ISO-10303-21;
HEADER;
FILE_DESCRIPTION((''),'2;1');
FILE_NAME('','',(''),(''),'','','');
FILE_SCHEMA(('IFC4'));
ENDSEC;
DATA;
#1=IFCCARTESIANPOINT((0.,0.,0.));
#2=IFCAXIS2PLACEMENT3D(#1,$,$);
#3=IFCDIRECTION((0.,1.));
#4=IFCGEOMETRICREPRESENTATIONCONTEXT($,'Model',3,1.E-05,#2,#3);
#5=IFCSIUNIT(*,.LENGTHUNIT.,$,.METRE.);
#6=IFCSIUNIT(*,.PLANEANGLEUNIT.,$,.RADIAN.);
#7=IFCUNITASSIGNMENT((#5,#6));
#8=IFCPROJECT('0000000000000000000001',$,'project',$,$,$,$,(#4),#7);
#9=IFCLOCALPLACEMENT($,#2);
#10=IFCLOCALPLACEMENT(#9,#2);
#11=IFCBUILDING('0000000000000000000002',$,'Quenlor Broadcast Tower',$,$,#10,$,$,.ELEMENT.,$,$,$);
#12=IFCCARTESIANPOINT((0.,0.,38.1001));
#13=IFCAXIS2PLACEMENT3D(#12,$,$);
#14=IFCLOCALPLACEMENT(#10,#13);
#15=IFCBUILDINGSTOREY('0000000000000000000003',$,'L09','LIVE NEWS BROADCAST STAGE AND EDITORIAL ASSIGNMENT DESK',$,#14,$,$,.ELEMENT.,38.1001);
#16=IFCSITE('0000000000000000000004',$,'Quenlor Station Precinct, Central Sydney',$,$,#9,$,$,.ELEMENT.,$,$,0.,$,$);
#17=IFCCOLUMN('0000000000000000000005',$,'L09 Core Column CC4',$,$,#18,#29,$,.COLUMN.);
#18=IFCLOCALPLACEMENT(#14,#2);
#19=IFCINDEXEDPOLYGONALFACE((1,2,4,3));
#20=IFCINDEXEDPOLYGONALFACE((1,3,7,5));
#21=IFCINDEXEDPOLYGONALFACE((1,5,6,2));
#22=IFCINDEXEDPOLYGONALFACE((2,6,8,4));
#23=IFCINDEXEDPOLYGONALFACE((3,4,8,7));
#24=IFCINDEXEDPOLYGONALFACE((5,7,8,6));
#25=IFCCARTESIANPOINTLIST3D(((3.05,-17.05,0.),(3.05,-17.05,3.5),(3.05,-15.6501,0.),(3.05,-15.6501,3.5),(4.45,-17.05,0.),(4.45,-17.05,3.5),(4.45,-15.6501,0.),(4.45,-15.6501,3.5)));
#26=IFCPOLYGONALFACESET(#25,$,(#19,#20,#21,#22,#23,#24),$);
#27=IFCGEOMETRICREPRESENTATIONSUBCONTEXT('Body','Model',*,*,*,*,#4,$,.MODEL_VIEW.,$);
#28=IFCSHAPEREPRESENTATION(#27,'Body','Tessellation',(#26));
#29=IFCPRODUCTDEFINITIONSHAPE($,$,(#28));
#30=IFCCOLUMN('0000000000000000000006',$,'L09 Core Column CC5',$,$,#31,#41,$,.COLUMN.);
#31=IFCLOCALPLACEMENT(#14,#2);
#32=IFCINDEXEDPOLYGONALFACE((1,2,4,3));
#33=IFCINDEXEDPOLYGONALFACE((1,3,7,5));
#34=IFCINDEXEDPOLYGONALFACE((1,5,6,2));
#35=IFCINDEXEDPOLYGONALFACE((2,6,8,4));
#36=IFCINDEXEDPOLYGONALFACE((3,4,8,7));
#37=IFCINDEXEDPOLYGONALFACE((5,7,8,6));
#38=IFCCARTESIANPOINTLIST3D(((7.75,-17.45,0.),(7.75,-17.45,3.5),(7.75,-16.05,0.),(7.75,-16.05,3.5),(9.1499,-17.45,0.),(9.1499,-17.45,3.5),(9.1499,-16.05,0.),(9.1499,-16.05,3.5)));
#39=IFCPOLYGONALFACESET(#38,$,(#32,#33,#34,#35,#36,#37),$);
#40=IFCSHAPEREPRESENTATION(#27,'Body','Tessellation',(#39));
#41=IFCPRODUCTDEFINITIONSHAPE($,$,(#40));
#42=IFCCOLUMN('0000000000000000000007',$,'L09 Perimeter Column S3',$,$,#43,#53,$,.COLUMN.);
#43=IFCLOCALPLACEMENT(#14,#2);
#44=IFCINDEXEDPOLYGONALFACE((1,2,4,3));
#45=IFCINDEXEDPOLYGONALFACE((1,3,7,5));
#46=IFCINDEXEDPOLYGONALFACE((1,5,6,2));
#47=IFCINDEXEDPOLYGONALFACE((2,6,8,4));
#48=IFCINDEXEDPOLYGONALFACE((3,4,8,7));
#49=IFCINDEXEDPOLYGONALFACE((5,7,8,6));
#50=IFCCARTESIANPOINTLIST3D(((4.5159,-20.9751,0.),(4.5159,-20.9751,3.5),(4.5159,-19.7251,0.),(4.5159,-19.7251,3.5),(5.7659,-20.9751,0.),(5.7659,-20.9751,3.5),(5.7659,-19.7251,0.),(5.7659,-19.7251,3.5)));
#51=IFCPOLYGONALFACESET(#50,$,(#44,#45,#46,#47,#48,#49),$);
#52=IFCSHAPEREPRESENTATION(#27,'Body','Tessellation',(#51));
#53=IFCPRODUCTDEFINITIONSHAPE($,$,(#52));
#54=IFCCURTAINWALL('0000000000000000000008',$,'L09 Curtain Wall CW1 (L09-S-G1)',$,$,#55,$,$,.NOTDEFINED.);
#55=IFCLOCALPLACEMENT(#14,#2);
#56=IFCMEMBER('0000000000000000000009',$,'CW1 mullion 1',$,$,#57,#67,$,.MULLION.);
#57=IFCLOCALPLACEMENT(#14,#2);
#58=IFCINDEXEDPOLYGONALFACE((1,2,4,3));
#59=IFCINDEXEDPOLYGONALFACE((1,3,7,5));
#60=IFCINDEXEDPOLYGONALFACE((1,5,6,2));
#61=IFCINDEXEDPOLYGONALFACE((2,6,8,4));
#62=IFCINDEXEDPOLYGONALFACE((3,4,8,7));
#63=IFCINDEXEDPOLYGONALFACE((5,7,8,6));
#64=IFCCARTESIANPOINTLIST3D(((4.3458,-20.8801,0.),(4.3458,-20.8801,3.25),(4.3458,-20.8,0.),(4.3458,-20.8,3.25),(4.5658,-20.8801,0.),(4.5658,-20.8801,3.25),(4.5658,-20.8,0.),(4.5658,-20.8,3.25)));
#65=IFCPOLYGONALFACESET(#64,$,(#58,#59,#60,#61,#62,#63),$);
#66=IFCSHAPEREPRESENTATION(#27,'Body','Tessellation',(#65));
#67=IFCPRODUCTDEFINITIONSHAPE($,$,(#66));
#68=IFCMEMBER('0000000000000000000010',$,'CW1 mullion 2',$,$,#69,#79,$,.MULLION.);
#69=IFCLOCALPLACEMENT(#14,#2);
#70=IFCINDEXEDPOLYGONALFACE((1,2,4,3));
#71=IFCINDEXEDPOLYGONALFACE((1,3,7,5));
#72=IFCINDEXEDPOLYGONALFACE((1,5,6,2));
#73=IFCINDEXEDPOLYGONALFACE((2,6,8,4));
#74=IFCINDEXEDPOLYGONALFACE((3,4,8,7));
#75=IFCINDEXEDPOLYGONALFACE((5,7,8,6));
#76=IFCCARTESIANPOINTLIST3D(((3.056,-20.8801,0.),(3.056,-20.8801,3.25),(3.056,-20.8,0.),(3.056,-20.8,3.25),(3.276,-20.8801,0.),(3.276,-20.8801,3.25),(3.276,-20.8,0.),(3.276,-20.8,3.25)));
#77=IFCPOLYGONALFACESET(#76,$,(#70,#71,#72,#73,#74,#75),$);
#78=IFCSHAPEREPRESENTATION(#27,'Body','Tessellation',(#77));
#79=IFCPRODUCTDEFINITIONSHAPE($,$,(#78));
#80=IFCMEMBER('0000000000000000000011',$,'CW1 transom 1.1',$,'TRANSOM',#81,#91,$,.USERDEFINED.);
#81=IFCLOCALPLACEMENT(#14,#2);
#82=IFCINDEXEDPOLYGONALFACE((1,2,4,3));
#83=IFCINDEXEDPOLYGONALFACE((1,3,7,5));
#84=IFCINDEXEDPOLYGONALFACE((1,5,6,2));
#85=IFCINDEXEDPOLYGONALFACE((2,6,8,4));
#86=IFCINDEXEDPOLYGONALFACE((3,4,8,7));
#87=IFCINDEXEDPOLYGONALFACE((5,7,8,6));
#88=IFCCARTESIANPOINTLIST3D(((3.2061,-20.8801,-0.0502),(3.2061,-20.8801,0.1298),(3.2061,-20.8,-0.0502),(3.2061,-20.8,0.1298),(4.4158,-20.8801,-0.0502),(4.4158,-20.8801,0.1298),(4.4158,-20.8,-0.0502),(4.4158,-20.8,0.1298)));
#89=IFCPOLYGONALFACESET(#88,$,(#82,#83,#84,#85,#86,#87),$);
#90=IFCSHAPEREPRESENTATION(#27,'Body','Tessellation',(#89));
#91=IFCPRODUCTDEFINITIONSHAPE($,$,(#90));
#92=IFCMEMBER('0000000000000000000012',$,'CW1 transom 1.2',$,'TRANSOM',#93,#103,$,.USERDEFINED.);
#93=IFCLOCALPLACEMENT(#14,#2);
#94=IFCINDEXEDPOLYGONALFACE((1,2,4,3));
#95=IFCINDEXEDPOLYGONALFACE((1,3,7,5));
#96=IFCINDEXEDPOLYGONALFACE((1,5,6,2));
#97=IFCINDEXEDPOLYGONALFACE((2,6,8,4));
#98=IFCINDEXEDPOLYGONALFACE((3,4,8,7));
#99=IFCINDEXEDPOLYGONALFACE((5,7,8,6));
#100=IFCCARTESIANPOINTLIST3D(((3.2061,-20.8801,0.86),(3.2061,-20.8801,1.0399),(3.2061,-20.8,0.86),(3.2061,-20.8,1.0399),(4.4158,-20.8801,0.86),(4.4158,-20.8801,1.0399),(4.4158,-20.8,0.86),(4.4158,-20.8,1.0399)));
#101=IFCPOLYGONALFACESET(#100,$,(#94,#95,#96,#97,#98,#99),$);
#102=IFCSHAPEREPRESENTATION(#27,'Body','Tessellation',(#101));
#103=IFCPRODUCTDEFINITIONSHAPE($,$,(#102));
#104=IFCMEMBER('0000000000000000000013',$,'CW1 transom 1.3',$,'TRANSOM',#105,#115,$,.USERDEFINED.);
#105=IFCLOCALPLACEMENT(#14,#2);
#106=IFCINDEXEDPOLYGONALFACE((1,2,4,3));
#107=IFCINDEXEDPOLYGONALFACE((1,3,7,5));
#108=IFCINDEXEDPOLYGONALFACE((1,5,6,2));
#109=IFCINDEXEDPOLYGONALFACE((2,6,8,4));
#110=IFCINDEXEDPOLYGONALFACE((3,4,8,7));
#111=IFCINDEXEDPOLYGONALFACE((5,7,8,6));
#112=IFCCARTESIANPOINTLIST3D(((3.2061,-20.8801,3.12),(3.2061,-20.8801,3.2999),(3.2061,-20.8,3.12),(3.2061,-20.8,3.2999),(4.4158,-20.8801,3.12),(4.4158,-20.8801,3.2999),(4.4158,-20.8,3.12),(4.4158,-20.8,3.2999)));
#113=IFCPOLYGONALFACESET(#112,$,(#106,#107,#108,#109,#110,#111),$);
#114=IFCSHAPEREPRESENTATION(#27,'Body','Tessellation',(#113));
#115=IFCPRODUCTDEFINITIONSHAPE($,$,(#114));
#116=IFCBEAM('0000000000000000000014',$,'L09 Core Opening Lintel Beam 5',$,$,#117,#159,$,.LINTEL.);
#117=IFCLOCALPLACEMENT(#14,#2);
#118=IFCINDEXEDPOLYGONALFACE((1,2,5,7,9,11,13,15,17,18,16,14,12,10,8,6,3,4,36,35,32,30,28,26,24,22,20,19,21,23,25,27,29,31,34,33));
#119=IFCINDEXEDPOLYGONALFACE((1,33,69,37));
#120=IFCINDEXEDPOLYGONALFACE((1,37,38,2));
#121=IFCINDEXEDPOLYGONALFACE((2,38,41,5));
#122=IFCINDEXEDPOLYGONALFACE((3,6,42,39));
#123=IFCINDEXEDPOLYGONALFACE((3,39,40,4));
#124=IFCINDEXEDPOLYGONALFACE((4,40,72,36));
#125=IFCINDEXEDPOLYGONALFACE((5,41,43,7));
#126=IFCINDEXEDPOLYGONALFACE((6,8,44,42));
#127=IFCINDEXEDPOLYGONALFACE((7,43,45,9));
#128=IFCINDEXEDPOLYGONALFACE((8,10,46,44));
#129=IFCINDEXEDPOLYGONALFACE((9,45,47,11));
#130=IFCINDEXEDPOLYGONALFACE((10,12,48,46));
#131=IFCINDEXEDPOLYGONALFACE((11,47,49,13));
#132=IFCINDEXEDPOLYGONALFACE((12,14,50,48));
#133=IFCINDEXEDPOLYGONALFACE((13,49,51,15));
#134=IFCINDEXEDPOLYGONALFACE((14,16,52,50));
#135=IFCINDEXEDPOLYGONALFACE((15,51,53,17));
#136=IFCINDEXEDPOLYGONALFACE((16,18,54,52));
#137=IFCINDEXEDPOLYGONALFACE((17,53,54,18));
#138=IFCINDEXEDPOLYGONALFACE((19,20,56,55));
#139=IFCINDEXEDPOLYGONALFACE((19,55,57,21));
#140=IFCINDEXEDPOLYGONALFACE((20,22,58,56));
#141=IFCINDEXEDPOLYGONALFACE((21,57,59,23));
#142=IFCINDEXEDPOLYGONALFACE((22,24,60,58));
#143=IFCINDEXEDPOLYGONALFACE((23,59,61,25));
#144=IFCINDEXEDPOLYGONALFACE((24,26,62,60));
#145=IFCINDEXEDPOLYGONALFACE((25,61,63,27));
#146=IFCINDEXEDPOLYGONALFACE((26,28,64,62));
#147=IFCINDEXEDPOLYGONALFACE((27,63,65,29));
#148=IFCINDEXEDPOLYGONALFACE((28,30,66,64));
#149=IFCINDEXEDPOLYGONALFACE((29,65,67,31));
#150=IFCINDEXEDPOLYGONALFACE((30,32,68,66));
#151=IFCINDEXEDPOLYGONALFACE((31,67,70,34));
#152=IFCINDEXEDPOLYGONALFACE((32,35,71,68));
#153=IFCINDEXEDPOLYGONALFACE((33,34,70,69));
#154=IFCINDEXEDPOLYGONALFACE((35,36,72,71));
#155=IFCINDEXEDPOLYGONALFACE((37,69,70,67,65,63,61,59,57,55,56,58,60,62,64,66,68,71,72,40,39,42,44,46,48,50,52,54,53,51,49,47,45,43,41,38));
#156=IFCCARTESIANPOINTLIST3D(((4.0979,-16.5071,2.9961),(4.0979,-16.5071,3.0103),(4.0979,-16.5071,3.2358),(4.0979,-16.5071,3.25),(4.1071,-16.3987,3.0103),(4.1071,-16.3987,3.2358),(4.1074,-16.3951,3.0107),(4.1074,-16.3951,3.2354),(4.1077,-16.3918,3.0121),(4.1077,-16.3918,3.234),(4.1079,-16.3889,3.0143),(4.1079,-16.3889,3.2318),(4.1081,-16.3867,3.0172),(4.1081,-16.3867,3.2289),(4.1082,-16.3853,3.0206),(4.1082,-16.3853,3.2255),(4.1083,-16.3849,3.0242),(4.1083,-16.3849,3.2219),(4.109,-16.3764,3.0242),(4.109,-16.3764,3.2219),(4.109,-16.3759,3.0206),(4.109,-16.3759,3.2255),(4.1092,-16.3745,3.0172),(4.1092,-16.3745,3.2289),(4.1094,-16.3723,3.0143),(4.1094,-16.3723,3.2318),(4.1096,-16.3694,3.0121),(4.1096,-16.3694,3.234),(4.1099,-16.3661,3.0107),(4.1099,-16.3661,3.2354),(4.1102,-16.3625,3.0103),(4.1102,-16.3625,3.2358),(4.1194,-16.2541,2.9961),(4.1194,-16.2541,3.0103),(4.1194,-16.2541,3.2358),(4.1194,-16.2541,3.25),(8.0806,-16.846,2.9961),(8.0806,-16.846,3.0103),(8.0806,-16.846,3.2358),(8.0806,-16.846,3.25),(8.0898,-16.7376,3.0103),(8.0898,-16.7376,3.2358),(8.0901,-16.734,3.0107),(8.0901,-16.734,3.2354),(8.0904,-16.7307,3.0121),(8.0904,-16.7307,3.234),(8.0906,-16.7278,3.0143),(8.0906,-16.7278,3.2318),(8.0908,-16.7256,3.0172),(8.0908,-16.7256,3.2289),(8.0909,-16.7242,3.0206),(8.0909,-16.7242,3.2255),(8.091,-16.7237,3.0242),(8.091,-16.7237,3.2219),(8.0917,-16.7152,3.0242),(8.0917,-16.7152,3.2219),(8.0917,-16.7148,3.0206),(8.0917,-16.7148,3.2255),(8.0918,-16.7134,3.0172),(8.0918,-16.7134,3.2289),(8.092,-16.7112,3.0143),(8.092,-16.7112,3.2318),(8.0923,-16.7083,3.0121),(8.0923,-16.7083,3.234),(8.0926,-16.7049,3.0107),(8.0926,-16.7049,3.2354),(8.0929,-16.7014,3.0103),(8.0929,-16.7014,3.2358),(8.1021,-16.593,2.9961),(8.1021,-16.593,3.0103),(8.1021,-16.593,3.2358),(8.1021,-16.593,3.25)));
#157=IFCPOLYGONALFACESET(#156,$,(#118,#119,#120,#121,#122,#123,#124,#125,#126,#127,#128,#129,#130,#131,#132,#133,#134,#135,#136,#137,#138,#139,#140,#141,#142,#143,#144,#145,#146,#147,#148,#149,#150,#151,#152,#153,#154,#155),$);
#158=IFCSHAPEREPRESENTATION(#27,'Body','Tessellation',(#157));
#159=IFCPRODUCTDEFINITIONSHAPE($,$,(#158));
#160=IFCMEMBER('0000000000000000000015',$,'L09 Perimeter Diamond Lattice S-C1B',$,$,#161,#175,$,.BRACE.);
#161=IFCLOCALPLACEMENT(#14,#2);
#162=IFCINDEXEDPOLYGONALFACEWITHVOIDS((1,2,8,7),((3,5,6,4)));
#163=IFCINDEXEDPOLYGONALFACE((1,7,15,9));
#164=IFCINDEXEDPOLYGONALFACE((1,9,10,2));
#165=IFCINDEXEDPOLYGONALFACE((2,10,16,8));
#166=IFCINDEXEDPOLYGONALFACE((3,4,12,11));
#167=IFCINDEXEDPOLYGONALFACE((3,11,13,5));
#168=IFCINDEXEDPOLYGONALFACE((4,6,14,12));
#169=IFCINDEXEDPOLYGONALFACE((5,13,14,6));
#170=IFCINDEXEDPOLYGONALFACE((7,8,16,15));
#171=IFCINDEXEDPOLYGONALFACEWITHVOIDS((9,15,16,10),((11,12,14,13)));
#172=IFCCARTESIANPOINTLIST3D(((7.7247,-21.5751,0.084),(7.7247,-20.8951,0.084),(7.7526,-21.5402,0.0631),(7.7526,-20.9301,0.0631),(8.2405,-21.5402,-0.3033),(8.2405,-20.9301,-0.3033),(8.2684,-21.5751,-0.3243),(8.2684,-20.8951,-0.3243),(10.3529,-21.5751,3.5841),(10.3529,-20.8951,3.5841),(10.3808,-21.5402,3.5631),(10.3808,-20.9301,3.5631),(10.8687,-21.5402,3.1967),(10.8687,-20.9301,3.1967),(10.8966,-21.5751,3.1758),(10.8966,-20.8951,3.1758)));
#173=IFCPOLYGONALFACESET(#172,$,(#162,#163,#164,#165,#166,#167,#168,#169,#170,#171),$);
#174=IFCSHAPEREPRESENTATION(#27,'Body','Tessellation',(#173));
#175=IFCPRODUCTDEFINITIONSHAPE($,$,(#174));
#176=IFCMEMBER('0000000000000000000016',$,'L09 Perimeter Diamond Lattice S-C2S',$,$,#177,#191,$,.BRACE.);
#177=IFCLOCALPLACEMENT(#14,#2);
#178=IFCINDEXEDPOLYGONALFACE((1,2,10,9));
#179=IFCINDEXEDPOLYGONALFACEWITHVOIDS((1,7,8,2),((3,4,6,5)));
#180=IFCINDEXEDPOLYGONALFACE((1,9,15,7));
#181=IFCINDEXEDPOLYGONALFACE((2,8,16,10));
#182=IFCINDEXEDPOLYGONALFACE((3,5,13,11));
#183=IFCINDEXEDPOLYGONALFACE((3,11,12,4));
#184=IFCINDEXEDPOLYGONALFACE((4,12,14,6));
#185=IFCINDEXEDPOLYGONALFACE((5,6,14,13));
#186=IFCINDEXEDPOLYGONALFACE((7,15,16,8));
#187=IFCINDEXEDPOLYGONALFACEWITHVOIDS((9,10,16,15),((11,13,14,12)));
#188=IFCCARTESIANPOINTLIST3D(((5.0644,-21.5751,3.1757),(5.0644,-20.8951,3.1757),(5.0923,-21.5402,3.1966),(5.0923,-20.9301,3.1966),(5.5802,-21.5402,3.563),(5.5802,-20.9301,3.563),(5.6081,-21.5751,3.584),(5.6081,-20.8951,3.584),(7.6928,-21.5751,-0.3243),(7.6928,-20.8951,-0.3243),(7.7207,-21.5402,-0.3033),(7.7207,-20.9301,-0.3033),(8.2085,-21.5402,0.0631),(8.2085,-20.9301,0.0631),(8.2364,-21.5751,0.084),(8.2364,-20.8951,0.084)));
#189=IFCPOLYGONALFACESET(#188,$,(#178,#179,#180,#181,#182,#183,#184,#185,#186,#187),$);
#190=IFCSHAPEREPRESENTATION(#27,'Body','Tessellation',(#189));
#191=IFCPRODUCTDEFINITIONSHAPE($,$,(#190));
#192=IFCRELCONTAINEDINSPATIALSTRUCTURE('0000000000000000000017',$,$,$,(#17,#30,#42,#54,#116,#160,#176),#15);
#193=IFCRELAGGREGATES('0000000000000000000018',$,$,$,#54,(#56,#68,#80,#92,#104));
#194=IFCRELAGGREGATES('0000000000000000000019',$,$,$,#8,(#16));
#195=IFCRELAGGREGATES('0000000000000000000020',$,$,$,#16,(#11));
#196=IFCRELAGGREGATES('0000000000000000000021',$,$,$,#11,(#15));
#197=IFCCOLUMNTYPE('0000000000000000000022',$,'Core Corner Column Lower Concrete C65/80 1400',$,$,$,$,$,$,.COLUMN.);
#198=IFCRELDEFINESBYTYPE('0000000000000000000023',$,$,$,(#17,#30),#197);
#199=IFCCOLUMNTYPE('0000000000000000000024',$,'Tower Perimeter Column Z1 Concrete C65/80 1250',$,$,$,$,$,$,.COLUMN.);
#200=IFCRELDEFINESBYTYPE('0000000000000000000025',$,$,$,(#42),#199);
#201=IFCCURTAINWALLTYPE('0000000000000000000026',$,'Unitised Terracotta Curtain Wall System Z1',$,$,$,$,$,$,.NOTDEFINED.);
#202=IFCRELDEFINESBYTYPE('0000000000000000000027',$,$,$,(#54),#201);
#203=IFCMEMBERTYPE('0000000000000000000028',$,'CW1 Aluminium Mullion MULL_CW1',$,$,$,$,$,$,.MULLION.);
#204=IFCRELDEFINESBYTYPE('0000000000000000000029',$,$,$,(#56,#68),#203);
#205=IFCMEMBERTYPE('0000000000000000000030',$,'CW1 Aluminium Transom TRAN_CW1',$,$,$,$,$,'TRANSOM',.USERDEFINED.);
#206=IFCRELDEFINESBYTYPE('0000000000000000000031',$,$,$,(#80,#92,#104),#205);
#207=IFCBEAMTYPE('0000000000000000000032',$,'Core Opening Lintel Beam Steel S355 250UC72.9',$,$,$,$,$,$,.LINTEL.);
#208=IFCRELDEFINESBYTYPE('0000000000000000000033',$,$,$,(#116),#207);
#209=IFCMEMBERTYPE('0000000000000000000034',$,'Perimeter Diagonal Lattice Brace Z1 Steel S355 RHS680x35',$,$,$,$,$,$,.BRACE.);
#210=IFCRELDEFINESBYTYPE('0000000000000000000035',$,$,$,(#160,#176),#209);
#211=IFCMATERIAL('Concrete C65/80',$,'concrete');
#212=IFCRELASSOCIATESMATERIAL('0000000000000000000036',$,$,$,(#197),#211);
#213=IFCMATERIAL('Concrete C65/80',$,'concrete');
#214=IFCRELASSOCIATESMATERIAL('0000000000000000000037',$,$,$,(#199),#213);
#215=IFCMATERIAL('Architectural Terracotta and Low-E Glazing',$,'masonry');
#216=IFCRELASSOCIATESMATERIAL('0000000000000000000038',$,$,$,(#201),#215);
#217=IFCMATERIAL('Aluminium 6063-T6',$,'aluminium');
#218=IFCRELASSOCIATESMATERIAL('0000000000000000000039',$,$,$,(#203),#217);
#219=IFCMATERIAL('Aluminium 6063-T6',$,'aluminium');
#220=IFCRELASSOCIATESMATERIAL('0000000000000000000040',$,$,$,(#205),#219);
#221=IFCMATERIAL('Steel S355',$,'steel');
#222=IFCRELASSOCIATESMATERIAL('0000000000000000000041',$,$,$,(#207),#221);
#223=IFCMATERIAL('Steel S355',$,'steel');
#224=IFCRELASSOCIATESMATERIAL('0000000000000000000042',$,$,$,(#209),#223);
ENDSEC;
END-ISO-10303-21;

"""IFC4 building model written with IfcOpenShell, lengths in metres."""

from ifc_helpers import new_model, si_unit, direction, frame, origin, origin_2d, place, context, subcontext, project, spatial, rectangle, hollow_rectangle, i_section, extrude, material, material_profile, profile_set, type_object, element, aggregate, save


model = new_model("IFC4")

# Units and contexts
model_context = context("Model", 3, precision=1e-05, world=origin(), true_north=direction((0.0, 1.0)))
body_context = subcontext(model_context, "Body", "Model", "MODEL_VIEW")
ifc_project = project(units=[si_unit("LENGTHUNIT", "METRE"), si_unit("PLANEANGLEUNIT", "RADIAN")], contexts=[model_context])

# Site, building, storey
site_placement = place(None, origin())
site = spatial("IfcSite", under=ifc_project, at=site_placement, Name="Quenlor Station Precinct, Central Sydney", CompositionType="ELEMENT", RefElevation=0.0)
building_placement = place(site_placement, origin())
building = spatial("IfcBuilding", under=site, at=building_placement, Name="Quenlor Broadcast Tower", CompositionType="ELEMENT")
storey_placement = place(building_placement, frame((0.0, 0.0, 38.1001)))
storey = spatial("IfcBuildingStorey", under=building, at=storey_placement, Name="L09", Description="LIVE NEWS BROADCAST STAGE AND EDITORIAL ASSIGNMENT DESK", CompositionType="ELEMENT", Elevation=38.1001)

# Columns
ifc_material_1 = material(Name="Concrete C65/80", Category="concrete")
ifc_material_profile_1 = material_profile(ifc_material_1, rectangle(XDim=1.3999, YDim=1.3999, at=origin_2d()))
ifc_profile_set_1 = profile_set([ifc_material_profile_1], Name="Concrete C65/80 RC1400x1400")
column_type_1 = type_object("IfcColumnType", Name="Core Corner Column Lower Concrete C65/80 1400", PredefinedType="COLUMN", material=ifc_profile_set_1)
for number, where, z_axis, x_axis, name in (
    (1, (3.75, -16.3501, 0.0), (0.0, 0.0, 1.0), (1.0, 0.0, 0.0), "L09 Core Column CC4"),
    (2, (8.45, -16.75, 0.0), (0.0, 0.0, 1.0), (1.0, 0.0, 0.0), "L09 Core Column CC5"),
):
    element("IfcColumn", number, at=place(storey_placement, frame(where, z_axis=z_axis, x_axis=x_axis)), inside=storey, type_object=column_type_1, Name=name, PredefinedType="COLUMN", context=body_context, shape_type="SweptSolid", body=[
        extrude(rectangle(XDim=1.3999, YDim=1.3999, at=origin_2d()), origin(), (0.0, 0.0, 1.0), 3.5),
    ])
ifc_material_2 = material(Name="Concrete C65/80", Category="concrete")
ifc_material_profile_2 = material_profile(ifc_material_2, rectangle(XDim=1.25, YDim=1.25, at=origin_2d()))
ifc_profile_set_2 = profile_set([ifc_material_profile_2], Name="Concrete C65/80 RC1250x1250")
column_type_2 = type_object("IfcColumnType", Name="Tower Perimeter Column Z1 Concrete C65/80 1250", PredefinedType="COLUMN", material=ifc_profile_set_2)
column_placement = place(storey_placement, frame((5.1409, -20.3501, 0.0), z_axis=(0.0, 0.0, 1.0), x_axis=(0.0, 1.0, 0.0)))
element("IfcColumn", 3, at=column_placement, inside=storey, type_object=column_type_2, Name="L09 Perimeter Column S3", PredefinedType="COLUMN", context=body_context, shape_type="SweptSolid", body=[
    extrude(rectangle(XDim=1.25, YDim=1.25, at=origin_2d()), origin(), (0.0, 0.0, 1.0), 3.5),
])

# Curtain wall, members
ifc_material_3 = material(Name="Architectural Terracotta and Low-E Glazing", Category="masonry")
curtain_wall_type = type_object("IfcCurtainWallType", Name="Unitised Terracotta Curtain Wall System Z1", PredefinedType="NOTDEFINED", material=ifc_material_3)
curtain_wall_placement = place(storey_placement, origin())
curtain_wall = element("IfcCurtainWall", 4, at=curtain_wall_placement, inside=storey, type_object=curtain_wall_type, Name="L09 Curtain Wall CW1 (L09-S-G1)", PredefinedType="NOTDEFINED")
ifc_material_4 = material(Name="Aluminium 6063-T6", Category="aluminium")
ifc_material_profile_3 = material_profile(ifc_material_4, rectangle(XDim=0.0801, YDim=0.22, at=origin_2d()))
ifc_profile_set_3 = profile_set([ifc_material_profile_3], Name="Aluminium 6063-T6 MULL80x220")
member_type_1 = type_object("IfcMemberType", Name="CW1 Aluminium Mullion MULL_CW1", PredefinedType="MULLION", material=ifc_profile_set_3)
member_1_placement = place(storey_placement, frame((4.4558, -20.8401, 0.0), z_axis=(0.0, 0.0, 1.0), x_axis=(0.0, -1.0, 0.0)))
member_1 = element("IfcMember", 5, at=member_1_placement, type_object=member_type_1, Name="CW1 mullion 1", PredefinedType="MULLION", context=body_context, shape_type="SweptSolid", body=[
    extrude(rectangle(XDim=0.0801, YDim=0.22, at=origin_2d()), origin(), (0.0, 0.0, 1.0), 3.25),
])
member_2_placement = place(storey_placement, frame((3.166, -20.8401, 0.0), z_axis=(0.0, 0.0, 1.0), x_axis=(0.0, -1.0, 0.0)))
member_2 = element("IfcMember", 6, at=member_2_placement, type_object=member_type_1, Name="CW1 mullion 2", PredefinedType="MULLION", context=body_context, shape_type="SweptSolid", body=[
    extrude(rectangle(XDim=0.0801, YDim=0.22, at=origin_2d()), origin(), (0.0, 0.0, 1.0), 3.25),
])
ifc_material_5 = material(Name="Aluminium 6063-T6", Category="aluminium")
ifc_material_profile_4 = material_profile(ifc_material_5, rectangle(XDim=0.0801, YDim=0.1799, at=origin_2d()))
ifc_profile_set_4 = profile_set([ifc_material_profile_4], Name="Aluminium 6063-T6 TRAN80x180")
member_type_2 = type_object("IfcMemberType", Name="CW1 Aluminium Transom TRAN_CW1", ElementType="TRANSOM", PredefinedType="USERDEFINED", material=ifc_profile_set_4)
member_3_placement = place(storey_placement, frame((4.4158, -20.8401, 0.0398), z_axis=(-1.0, 0.0, 0.0), x_axis=(0.0, -1.0, 0.0)))
member_3 = element("IfcMember", 7, at=member_3_placement, type_object=member_type_2, Name="CW1 transom 1.1", ObjectType="TRANSOM", PredefinedType="USERDEFINED", context=body_context, shape_type="SweptSolid", body=[
    extrude(rectangle(XDim=0.0801, YDim=0.1799, at=origin_2d()), origin(), (0.0, 0.0, 1.0), 1.2097),
])
member_4_placement = place(storey_placement, frame((4.4158, -20.8401, 0.95), z_axis=(-1.0, 0.0, 0.0), x_axis=(0.0, -1.0, 0.0)))
member_4 = element("IfcMember", 8, at=member_4_placement, type_object=member_type_2, Name="CW1 transom 1.2", ObjectType="TRANSOM", PredefinedType="USERDEFINED", context=body_context, shape_type="SweptSolid", body=[
    extrude(rectangle(XDim=0.0801, YDim=0.1799, at=origin_2d()), origin(), (0.0, 0.0, 1.0), 1.2097),
])
member_5_placement = place(storey_placement, frame((4.4158, -20.8401, 3.21), z_axis=(-1.0, 0.0, 0.0), x_axis=(0.0, -1.0, 0.0)))
member_5 = element("IfcMember", 9, at=member_5_placement, type_object=member_type_2, Name="CW1 transom 1.3", ObjectType="TRANSOM", PredefinedType="USERDEFINED", context=body_context, shape_type="SweptSolid", body=[
    extrude(rectangle(XDim=0.0801, YDim=0.1799, at=origin_2d()), origin(), (0.0, 0.0, 1.0), 1.2097),
])

# Beam
ifc_material_6 = material(Name="Steel S355", Category="steel")
ifc_material_profile_5 = material_profile(ifc_material_6, i_section(OverallWidth=0.2539, OverallDepth=0.2539, WebThickness=0.0085, FlangeThickness=0.0142, FilletRadius=0.0139, at=origin_2d()))
ifc_profile_set_5 = profile_set([ifc_material_profile_5], Name="Steel S355 250UC72.9")
beam_type_1 = type_object("IfcBeamType", Name="Core Opening Lintel Beam Steel S355 250UC72.9", PredefinedType="LINTEL", material=ifc_profile_set_5)
beam_1_placement = place(storey_placement, frame((4.1086, -16.3806, 3.123), z_axis=(0.9964, -0.084779, 0.0), x_axis=(0.084779, 0.9964, 0.0)))
element("IfcBeam", 10, at=beam_1_placement, inside=storey, type_object=beam_type_1, Name="L09 Core Opening Lintel Beam 5", PredefinedType="LINTEL", context=body_context, shape_type="SweptSolid", body=[
    extrude(i_section(OverallWidth=0.2539, OverallDepth=0.2539, WebThickness=0.0085, FlangeThickness=0.0142, FilletRadius=0.0139, at=origin_2d()), origin(), (0.0, 0.0, 1.0), 3.9971),
])

# Members
ifc_material_7 = material(Name="Steel S355", Category="steel")
ifc_material_profile_6 = material_profile(ifc_material_7, hollow_rectangle(XDim=0.6799, YDim=0.6799, WallThickness=0.0349, at=origin_2d()))
ifc_profile_set_6 = profile_set([ifc_material_profile_6], Name="Steel S355 RHS680x680x35")
member_type_3 = type_object("IfcMemberType", Name="Perimeter Diagonal Lattice Brace Z1 Steel S355 RHS680x35", PredefinedType="BRACE", material=ifc_profile_set_6)
for number, where, z_axis, x_axis, name in (
    (11, (7.9966, -21.2351, -0.1201), (0.600464, 0.0, 0.799652), (0.0, 1.0, 0.0), "L09 Perimeter Diamond Lattice S-C1B"),
    (12, (7.9646, -21.2351, -0.1201), (-0.6005, 0.0, 0.799625), (0.0, -1.0, 0.0), "L09 Perimeter Diamond Lattice S-C2S"),
):
    element("IfcMember", number, at=place(storey_placement, frame(where, z_axis=z_axis, x_axis=x_axis)), inside=storey, type_object=member_type_3, Name=name, PredefinedType="BRACE", context=body_context, shape_type="SweptSolid", body=[
        extrude(hollow_rectangle(XDim=0.6799, YDim=0.6799, WallThickness=0.0349, at=origin_2d()), origin(), (0.0, 0.0, 1.0), 4.377),
    ])

aggregate(curtain_wall, [member_1, member_2, member_3, member_4, member_5])

save(model, "model.ifc")
